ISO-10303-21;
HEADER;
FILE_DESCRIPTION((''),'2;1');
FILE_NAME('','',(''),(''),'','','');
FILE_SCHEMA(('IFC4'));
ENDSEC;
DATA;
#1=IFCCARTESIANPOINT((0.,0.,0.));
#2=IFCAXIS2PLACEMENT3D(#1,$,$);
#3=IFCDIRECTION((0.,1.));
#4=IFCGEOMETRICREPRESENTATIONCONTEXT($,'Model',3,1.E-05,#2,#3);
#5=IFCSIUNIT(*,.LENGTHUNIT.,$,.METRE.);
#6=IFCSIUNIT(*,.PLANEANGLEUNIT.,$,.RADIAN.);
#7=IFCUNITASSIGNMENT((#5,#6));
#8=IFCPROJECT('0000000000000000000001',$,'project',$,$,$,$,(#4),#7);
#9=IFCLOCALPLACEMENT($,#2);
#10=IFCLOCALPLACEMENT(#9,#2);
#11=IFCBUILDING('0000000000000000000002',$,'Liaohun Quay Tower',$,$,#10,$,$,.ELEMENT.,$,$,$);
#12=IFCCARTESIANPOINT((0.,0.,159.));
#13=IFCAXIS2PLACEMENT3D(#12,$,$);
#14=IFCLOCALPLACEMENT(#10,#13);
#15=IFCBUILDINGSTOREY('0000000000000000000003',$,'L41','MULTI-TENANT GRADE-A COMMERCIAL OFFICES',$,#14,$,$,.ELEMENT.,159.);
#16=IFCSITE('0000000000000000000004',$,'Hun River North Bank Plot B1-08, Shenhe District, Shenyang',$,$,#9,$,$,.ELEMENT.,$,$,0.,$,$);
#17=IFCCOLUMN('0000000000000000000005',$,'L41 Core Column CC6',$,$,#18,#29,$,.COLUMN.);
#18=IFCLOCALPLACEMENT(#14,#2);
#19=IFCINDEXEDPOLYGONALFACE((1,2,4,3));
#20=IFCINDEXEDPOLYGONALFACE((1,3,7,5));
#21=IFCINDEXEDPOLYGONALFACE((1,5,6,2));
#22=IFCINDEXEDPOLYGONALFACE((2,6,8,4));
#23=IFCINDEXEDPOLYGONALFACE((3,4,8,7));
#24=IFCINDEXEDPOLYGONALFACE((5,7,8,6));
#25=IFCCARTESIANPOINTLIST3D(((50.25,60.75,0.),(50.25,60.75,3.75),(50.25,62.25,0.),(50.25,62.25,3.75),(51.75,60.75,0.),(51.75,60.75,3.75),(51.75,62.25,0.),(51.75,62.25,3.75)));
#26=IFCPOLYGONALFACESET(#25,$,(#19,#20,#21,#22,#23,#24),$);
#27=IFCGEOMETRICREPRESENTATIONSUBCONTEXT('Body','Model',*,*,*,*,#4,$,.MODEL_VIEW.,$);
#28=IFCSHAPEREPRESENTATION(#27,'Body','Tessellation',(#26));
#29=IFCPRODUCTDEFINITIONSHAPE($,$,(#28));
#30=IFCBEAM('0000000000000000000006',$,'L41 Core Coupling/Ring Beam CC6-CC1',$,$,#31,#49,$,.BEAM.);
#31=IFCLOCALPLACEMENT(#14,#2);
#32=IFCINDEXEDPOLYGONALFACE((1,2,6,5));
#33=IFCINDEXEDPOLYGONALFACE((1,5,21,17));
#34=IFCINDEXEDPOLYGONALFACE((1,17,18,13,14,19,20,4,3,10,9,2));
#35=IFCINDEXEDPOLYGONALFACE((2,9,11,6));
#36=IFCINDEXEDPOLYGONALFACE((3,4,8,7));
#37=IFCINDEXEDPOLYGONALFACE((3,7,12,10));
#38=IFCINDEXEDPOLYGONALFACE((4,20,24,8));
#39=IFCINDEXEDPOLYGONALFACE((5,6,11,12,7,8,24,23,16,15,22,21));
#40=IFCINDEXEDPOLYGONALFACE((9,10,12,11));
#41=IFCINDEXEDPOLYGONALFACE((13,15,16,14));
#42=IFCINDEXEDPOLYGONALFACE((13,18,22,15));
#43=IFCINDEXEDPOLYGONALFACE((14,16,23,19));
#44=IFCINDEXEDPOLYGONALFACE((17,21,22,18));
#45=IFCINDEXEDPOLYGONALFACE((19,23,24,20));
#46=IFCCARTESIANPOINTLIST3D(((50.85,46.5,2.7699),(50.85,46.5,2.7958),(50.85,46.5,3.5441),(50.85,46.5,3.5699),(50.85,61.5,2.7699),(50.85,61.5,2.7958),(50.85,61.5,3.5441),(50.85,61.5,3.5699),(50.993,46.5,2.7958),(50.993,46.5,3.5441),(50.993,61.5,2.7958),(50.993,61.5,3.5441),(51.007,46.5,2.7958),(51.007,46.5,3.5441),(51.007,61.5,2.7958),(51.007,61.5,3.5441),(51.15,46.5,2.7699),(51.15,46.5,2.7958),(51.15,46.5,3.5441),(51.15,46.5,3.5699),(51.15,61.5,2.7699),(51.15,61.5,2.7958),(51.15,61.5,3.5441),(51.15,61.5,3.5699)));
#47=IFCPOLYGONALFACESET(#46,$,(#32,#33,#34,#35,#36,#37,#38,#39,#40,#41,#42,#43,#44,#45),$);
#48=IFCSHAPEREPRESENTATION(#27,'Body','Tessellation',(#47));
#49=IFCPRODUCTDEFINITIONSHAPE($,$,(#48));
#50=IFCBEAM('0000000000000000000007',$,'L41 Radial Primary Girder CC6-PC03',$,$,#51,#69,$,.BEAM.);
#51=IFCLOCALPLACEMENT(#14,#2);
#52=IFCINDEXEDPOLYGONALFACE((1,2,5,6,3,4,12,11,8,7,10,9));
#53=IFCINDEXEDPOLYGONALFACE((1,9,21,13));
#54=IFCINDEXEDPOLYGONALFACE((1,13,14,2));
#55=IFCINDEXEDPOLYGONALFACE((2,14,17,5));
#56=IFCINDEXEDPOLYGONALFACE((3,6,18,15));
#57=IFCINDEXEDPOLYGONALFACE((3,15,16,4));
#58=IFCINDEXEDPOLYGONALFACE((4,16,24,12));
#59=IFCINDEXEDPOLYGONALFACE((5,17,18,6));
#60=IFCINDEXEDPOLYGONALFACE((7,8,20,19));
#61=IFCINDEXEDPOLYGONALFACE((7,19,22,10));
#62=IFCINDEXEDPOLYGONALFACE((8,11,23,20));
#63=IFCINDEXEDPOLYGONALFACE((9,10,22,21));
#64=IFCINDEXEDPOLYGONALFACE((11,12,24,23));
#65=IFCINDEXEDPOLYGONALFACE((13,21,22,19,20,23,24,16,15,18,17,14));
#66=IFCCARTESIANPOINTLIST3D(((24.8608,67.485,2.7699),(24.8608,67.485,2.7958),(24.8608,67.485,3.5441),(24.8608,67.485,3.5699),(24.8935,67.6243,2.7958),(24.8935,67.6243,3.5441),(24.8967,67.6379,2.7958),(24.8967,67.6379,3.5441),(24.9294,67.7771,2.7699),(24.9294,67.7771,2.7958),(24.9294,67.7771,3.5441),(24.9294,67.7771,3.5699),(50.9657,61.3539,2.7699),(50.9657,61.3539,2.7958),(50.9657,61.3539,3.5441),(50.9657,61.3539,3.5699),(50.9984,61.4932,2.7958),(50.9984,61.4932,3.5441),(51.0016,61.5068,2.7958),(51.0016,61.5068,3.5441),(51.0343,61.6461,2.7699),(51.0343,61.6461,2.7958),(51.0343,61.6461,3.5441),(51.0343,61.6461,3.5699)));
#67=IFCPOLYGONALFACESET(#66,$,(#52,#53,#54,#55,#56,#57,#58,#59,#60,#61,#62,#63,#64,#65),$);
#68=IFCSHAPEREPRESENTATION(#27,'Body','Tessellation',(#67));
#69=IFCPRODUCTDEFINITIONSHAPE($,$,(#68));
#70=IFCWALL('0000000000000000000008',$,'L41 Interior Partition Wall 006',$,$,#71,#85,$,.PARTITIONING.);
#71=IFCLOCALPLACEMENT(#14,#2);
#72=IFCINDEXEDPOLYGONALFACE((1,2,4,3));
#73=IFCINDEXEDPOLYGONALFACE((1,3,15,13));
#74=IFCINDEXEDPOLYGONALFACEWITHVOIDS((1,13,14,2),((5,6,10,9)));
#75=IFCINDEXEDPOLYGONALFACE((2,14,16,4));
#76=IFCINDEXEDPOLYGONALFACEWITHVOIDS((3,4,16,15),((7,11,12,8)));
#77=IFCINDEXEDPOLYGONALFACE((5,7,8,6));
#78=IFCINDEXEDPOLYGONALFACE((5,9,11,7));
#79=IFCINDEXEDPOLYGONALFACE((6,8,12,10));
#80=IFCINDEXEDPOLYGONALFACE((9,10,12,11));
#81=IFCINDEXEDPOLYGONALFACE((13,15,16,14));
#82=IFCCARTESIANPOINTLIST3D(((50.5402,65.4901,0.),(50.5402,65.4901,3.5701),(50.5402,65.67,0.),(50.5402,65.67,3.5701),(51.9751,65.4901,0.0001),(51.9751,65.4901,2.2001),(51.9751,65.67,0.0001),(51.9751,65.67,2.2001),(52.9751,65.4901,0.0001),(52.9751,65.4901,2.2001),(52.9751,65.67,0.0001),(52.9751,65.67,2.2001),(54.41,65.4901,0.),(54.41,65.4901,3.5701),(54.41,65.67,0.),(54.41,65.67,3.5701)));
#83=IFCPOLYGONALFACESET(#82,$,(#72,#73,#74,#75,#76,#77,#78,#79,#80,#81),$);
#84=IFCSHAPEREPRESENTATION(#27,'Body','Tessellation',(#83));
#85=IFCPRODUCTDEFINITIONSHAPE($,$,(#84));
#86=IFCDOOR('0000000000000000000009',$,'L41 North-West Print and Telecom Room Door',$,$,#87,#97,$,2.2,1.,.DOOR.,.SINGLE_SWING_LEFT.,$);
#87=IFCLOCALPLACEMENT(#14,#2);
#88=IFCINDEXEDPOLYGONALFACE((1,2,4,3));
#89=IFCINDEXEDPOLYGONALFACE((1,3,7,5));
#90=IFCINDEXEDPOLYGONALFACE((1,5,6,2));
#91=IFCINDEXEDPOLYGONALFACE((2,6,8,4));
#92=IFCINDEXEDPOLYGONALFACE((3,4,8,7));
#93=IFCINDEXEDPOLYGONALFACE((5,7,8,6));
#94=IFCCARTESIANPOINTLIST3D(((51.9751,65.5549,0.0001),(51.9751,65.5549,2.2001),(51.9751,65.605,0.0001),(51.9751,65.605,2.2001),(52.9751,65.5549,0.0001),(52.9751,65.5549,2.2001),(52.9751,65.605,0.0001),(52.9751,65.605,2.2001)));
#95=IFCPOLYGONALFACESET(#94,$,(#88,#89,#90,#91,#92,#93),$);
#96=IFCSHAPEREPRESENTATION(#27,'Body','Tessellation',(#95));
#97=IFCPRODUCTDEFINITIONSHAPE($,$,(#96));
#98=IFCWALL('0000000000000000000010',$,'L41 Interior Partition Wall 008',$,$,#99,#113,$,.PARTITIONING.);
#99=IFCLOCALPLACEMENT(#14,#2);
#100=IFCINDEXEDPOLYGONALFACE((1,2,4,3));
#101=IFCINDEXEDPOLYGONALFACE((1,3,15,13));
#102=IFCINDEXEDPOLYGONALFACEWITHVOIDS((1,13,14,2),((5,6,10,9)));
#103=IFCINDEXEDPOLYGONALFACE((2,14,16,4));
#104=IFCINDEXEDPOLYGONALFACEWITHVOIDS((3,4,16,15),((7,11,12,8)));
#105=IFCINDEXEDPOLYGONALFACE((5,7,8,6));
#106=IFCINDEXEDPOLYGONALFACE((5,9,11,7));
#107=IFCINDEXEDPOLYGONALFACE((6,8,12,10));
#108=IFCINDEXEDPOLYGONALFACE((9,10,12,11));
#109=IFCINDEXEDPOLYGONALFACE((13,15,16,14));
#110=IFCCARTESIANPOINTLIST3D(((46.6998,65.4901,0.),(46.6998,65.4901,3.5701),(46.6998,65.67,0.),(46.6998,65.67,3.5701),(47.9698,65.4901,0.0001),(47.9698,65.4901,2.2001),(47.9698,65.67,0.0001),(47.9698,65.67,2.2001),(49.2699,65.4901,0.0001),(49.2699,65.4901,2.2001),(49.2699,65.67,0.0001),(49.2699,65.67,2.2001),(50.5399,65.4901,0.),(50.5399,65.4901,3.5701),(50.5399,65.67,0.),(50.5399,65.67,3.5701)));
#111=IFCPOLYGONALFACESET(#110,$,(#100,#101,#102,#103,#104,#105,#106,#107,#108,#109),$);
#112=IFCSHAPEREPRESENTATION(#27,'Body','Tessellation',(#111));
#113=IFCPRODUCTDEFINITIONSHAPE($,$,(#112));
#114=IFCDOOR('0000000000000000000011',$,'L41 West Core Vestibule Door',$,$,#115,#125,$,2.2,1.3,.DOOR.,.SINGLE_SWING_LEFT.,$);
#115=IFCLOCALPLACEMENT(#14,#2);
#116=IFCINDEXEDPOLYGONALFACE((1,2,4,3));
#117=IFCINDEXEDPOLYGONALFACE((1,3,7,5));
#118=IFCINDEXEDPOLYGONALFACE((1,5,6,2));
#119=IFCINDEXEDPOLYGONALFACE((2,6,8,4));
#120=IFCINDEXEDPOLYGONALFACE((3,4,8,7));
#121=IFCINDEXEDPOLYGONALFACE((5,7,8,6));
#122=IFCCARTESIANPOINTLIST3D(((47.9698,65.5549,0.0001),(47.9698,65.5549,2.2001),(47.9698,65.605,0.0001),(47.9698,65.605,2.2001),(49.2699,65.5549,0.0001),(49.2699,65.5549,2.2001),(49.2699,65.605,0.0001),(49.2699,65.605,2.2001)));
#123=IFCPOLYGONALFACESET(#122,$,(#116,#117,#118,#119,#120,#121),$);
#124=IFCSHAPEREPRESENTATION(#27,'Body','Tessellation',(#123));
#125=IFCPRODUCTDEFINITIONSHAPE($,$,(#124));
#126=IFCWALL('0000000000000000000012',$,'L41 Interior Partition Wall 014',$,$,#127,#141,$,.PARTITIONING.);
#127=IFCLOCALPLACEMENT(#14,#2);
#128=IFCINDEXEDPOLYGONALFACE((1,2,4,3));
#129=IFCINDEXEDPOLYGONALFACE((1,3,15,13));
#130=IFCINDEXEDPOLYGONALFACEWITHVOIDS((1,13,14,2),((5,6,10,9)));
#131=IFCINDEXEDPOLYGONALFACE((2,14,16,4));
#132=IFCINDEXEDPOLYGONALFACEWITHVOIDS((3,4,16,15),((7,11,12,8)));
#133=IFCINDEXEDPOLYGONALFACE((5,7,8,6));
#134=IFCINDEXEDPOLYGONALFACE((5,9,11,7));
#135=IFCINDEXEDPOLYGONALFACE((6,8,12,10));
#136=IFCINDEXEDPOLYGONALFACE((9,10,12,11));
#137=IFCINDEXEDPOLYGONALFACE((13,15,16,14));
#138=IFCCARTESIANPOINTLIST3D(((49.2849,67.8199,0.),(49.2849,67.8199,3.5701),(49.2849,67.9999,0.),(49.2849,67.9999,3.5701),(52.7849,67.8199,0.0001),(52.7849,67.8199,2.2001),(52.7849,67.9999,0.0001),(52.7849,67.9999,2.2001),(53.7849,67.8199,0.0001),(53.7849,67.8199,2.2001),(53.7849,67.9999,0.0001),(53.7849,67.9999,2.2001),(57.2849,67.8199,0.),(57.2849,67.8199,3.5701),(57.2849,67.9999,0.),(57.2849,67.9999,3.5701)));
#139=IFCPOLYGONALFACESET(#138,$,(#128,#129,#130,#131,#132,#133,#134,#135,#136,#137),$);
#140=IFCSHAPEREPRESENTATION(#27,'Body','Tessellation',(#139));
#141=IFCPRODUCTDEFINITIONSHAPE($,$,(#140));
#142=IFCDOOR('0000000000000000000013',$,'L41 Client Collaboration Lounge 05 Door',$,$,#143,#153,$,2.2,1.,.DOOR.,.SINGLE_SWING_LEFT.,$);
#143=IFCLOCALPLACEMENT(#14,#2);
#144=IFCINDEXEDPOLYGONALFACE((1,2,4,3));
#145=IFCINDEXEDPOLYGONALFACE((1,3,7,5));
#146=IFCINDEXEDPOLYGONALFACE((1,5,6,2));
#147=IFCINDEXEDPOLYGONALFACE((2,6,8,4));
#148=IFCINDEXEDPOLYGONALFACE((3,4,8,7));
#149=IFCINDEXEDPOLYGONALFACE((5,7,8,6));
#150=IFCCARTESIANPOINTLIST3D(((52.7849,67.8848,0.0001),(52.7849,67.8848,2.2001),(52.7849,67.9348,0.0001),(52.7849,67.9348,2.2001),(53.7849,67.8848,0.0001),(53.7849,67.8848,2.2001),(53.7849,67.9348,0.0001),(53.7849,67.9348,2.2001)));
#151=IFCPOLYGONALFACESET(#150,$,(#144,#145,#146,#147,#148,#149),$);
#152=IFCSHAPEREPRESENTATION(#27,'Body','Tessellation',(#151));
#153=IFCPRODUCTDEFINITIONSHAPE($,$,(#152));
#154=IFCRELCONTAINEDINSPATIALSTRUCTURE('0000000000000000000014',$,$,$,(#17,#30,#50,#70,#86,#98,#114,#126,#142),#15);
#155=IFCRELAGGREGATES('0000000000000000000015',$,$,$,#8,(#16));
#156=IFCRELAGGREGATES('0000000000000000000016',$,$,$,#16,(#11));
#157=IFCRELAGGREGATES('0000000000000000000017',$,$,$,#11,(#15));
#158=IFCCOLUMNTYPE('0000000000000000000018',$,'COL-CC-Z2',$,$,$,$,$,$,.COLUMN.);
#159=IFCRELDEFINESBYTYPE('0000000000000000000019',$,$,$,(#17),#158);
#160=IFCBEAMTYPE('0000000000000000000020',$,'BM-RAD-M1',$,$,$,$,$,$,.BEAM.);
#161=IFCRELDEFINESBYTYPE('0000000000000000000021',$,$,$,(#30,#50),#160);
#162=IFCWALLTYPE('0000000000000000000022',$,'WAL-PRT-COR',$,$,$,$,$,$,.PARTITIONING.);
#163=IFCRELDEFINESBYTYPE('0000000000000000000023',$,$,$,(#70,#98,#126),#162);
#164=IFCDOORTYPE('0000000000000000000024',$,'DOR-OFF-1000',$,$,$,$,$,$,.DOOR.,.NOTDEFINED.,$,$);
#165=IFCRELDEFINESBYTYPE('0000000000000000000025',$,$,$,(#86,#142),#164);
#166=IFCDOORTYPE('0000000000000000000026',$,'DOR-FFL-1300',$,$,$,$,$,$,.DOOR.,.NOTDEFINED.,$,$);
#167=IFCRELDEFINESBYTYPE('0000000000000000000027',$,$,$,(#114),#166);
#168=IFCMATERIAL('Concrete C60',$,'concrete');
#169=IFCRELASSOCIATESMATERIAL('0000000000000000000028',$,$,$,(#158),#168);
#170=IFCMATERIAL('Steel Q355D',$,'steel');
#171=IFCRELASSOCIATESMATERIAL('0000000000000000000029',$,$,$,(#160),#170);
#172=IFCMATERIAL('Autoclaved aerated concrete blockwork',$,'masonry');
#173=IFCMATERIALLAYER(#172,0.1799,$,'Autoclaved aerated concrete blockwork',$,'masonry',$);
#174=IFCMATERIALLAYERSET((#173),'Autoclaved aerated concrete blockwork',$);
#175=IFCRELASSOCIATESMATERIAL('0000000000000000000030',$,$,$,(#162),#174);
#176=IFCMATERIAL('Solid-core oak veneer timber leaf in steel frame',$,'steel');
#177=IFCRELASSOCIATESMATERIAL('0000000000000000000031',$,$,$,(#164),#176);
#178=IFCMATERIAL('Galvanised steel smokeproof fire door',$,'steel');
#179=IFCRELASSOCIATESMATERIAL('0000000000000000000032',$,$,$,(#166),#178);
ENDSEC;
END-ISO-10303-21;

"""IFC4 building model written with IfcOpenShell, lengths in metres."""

from ifc_helpers import new_model, si_unit, direction, frame, frame_2d, origin, origin_2d, place, context, subcontext, project, spatial, rectangle, i_section, extrude, source, transform, mapped, material, layer, layer_set, material_profile, profile_set, type_object, element, fill, save


model = new_model("IFC4")

# Units and contexts
model_context = context("Model", 3, precision=1e-05, world=origin(), true_north=direction((0.0, 1.0)))
body_context = subcontext(model_context, "Body", "Model", "MODEL_VIEW")
ifc_project = project(units=[si_unit("LENGTHUNIT", "METRE"), si_unit("PLANEANGLEUNIT", "RADIAN")], contexts=[model_context])

# Site, building, storey
site_placement = place(None, origin())
site = spatial("IfcSite", under=ifc_project, at=site_placement, Name="Hun River North Bank Plot B1-08, Shenhe District, Shenyang", CompositionType="ELEMENT", RefElevation=0.0)
building_placement = place(site_placement, origin())
building = spatial("IfcBuilding", under=site, at=building_placement, Name="Liaohun Quay Tower", CompositionType="ELEMENT")
storey_placement = place(building_placement, frame((0.0, 0.0, 159.0)))
storey = spatial("IfcBuildingStorey", under=building, at=storey_placement, Name="L41", Description="MULTI-TENANT GRADE-A COMMERCIAL OFFICES", CompositionType="ELEMENT", Elevation=159.0)

# Column
ifc_material_1 = material(Name="Concrete C60", Category="concrete")
ifc_material_profile_1 = material_profile(ifc_material_1, rectangle(XDim=1.5, YDim=1.5, at=origin_2d()), Name="RC1500x1500")
ifc_profile_set_1 = profile_set([ifc_material_profile_1], Name="Concrete C60")
column_type = type_object("IfcColumnType", Name="COL-CC-Z2", PredefinedType="COLUMN", material=ifc_profile_set_1)
shared_shape_1 = source(origin(), body_context, "Body", "SweptSolid", [
    extrude(rectangle(XDim=1.5, YDim=1.5, at=origin_2d()), origin(), (0.0, 0.0, 1.0), 3.75),
])
column_placement = place(storey_placement, frame((51.0, 61.5, 0.0), z_axis=(0.0, 0.0, 1.0), x_axis=(1.0, 0.0, 0.0)))
element("IfcColumn", 1, at=column_placement, inside=storey, type_object=column_type, Name="L41 Core Column CC6", PredefinedType="COLUMN", context=body_context, shape_type="MappedRepresentation", body=[
    mapped(shared_shape_1, transform((0.0, 0.0, 0.0), x_axis=(1.0, 0.0, 0.0), y_axis=(0.0, 1.0, 0.0), z_axis=(0.0, 0.0, 1.0), scale=1.0)),
])

# Beams
ifc_material_2 = material(Name="Steel Q355D", Category="steel")
ifc_material_profile_2 = material_profile(ifc_material_2, i_section(OverallWidth=0.3, OverallDepth=0.8, WebThickness=0.0139, FlangeThickness=0.0259, at=origin_2d()), Name="HN800x300x14x26")
ifc_profile_set_2 = profile_set([ifc_material_profile_2], Name="Steel Q355D")
beam_type = type_object("IfcBeamType", Name="BM-RAD-M1", PredefinedType="BEAM", material=ifc_profile_set_2)
shared_shape_2 = source(origin(), body_context, "Body", "SweptSolid", [
    extrude(i_section(OverallWidth=0.3, OverallDepth=0.8, WebThickness=0.0139, FlangeThickness=0.0259, at=origin_2d()), origin(), (0.0, 0.0, 1.0), 15.0),
])
beam_1_placement = place(storey_placement, frame((51.0, 61.5, 3.1699), z_axis=(0.0, -1.0, 0.0), x_axis=(1.0, 0.0, 0.0)))
element("IfcBeam", 2, at=beam_1_placement, inside=storey, type_object=beam_type, Name="L41 Core Coupling/Ring Beam CC6-CC1", PredefinedType="BEAM", context=body_context, shape_type="MappedRepresentation", body=[
    mapped(shared_shape_2, transform((0.0, 0.0, 0.0), x_axis=(1.0, 0.0, 0.0), y_axis=(0.0, 1.0, 0.0), z_axis=(0.0, 0.0, 1.0), scale=1.0)),
])
shared_shape_3 = source(origin(), body_context, "Body", "SweptSolid", [
    extrude(i_section(OverallWidth=0.3, OverallDepth=0.8, WebThickness=0.0139, FlangeThickness=0.0259, at=origin_2d()), origin(), (0.0, 0.0, 1.0), 26.8152),
])
beam_2_placement = place(storey_placement, frame((51.0, 61.5, 3.1699), z_axis=(-0.973511, 0.228642, 0.0), x_axis=(-0.228642, -0.973511, 0.0)))
element("IfcBeam", 3, at=beam_2_placement, inside=storey, type_object=beam_type, Name="L41 Radial Primary Girder CC6-PC03", PredefinedType="BEAM", context=body_context, shape_type="MappedRepresentation", body=[
    mapped(shared_shape_3, transform((0.0, 0.0, 0.0), x_axis=(1.0, 0.0, 0.0), y_axis=(0.0, 1.0, 0.0), z_axis=(0.0, 0.0, 1.0), scale=1.0)),
])

# Walls, openings, doors
ifc_material_3 = material(Name="Autoclaved aerated concrete blockwork", Category="masonry")
ifc_layer_1 = layer(ifc_material_3, 0.1799, Name="Autoclaved aerated concrete blockwork", Category="masonry")
ifc_layer_set_1 = layer_set([ifc_layer_1], Name="Autoclaved aerated concrete blockwork")
wall_type_1 = type_object("IfcWallType", Name="WAL-PRT-COR", PredefinedType="PARTITIONING", material=ifc_layer_set_1)
wall_1_placement = place(storey_placement, frame((50.54, 65.5801, 0.0), z_axis=(0.0, 0.0, 1.0), x_axis=(1.0, 0.0, 0.0)))
wall_1 = element("IfcWall", 4, at=wall_1_placement, inside=storey, type_object=wall_type_1, Name="L41 Interior Partition Wall 006", PredefinedType="PARTITIONING", context=body_context, shape_type="SweptSolid", body=[
    extrude(rectangle(XDim=3.8699, YDim=0.1799, at=frame_2d((1.9351, 0.0))), origin(), (0.0, 0.0, 1.0), 3.5701),
])
shared_shape_4 = source(origin(), body_context, "Body", "SweptSolid", [
    extrude(rectangle(XDim=1.0, YDim=2.2, at=frame_2d((0.5, 1.1001))), frame((0.0, 0.0999, 0.0), z_axis=(0.0, -1.0, 0.0), x_axis=(1.0, 0.0, 0.0)), (0.0, 0.0, 1.0), 0.2),
])
opening_1_placement = place(wall_1_placement, frame((1.4351, 0.0, 0.0)))
opening_1 = element("IfcOpeningElement", 5, at=opening_1_placement, cuts=wall_1, PredefinedType="OPENING", context=body_context, shape_type="MappedRepresentation", body=[
    mapped(shared_shape_4, transform((0.0, 0.0, 0.0), x_axis=(1.0, 0.0, 0.0), y_axis=(0.0, 1.0, 0.0), z_axis=(0.0, 0.0, 1.0), scale=1.0)),
])
ifc_material_4 = material(Name="Solid-core oak veneer timber leaf in steel frame", Category="steel")
door_type_1 = type_object("IfcDoorType", Name="DOR-OFF-1000", OperationType="NOTDEFINED", PredefinedType="DOOR", material=ifc_material_4)
shared_shape_5 = source(origin(), body_context, "Body", "SweptSolid", [
    extrude(rectangle(XDim=1.0, YDim=2.2, at=frame_2d((0.5, 1.1001))), frame((0.0, 0.0249, 0.0), z_axis=(0.0, -1.0, 0.0), x_axis=(1.0, 0.0, 0.0)), (0.0, 0.0, 1.0), 0.05),
])
door_1_placement = place(opening_1_placement, origin())
door_1 = element("IfcDoor", 6, at=door_1_placement, inside=storey, type_object=door_type_1, Name="L41 North-West Print and Telecom Room Door", OperationType="SINGLE_SWING_LEFT", OverallHeight=2.2, OverallWidth=1.0, PredefinedType="DOOR", context=body_context, shape_type="MappedRepresentation", body=[
    mapped(shared_shape_5, transform((0.0, 0.0, 0.0), x_axis=(1.0, 0.0, 0.0), y_axis=(0.0, 1.0, 0.0), z_axis=(0.0, 0.0, 1.0), scale=1.0)),
])
fill(opening_1, door_1)
wall_2_placement = place(storey_placement, frame((46.7, 65.5801, 0.0), z_axis=(0.0, 0.0, 1.0), x_axis=(1.0, 0.0, 0.0)))
wall_2 = element("IfcWall", 7, at=wall_2_placement, inside=storey, type_object=wall_type_1, Name="L41 Interior Partition Wall 008", PredefinedType="PARTITIONING", context=body_context, shape_type="SweptSolid", body=[
    extrude(rectangle(XDim=3.8401, YDim=0.1799, at=frame_2d((1.9199, 0.0))), origin(), (0.0, 0.0, 1.0), 3.5701),
])
shared_shape_6 = source(origin(), body_context, "Body", "SweptSolid", [
    extrude(rectangle(XDim=1.3, YDim=2.2, at=frame_2d((0.6499, 1.1001))), frame((0.0, 0.0999, 0.0), z_axis=(0.0, -1.0, 0.0), x_axis=(1.0, 0.0, 0.0)), (0.0, 0.0, 1.0), 0.2),
])
opening_2_placement = place(wall_2_placement, frame((1.27, 0.0, 0.0)))
opening_2 = element("IfcOpeningElement", 8, at=opening_2_placement, cuts=wall_2, PredefinedType="OPENING", context=body_context, shape_type="MappedRepresentation", body=[
    mapped(shared_shape_6, transform((0.0, 0.0, 0.0), x_axis=(1.0, 0.0, 0.0), y_axis=(0.0, 1.0, 0.0), z_axis=(0.0, 0.0, 1.0), scale=1.0)),
])
ifc_material_5 = material(Name="Galvanised steel smokeproof fire door", Category="steel")
door_type_2 = type_object("IfcDoorType", Name="DOR-FFL-1300", OperationType="NOTDEFINED", PredefinedType="DOOR", material=ifc_material_5)
shared_shape_7 = source(origin(), body_context, "Body", "SweptSolid", [
    extrude(rectangle(XDim=1.3, YDim=2.2, at=frame_2d((0.6499, 1.1001))), frame((0.0, 0.0249, 0.0), z_axis=(0.0, -1.0, 0.0), x_axis=(1.0, 0.0, 0.0)), (0.0, 0.0, 1.0), 0.05),
])
door_2_placement = place(opening_2_placement, origin())
door_2 = element("IfcDoor", 9, at=door_2_placement, inside=storey, type_object=door_type_2, Name="L41 West Core Vestibule Door", OperationType="SINGLE_SWING_LEFT", OverallHeight=2.2, OverallWidth=1.3, PredefinedType="DOOR", context=body_context, shape_type="MappedRepresentation", body=[
    mapped(shared_shape_7, transform((0.0, 0.0, 0.0), x_axis=(1.0, 0.0, 0.0), y_axis=(0.0, 1.0, 0.0), z_axis=(0.0, 0.0, 1.0), scale=1.0)),
])
fill(opening_2, door_2)
wall_3_placement = place(storey_placement, frame((49.2849, 67.9099, 0.0), z_axis=(0.0, 0.0, 1.0), x_axis=(1.0, 0.0, 0.0)))
wall_3 = element("IfcWall", 10, at=wall_3_placement, inside=storey, type_object=wall_type_1, Name="L41 Interior Partition Wall 014", PredefinedType="PARTITIONING", context=body_context, shape_type="SweptSolid", body=[
    extrude(rectangle(XDim=8.0, YDim=0.1799, at=frame_2d((4.0, 0.0))), origin(), (0.0, 0.0, 1.0), 3.5701),
])
opening_3_placement = place(wall_3_placement, frame((3.5, 0.0, 0.0)))
opening_3 = element("IfcOpeningElement", 11, at=opening_3_placement, cuts=wall_3, PredefinedType="OPENING", context=body_context, shape_type="MappedRepresentation", body=[
    mapped(shared_shape_4, transform((0.0, 0.0, 0.0), x_axis=(1.0, 0.0, 0.0), y_axis=(0.0, 1.0, 0.0), z_axis=(0.0, 0.0, 1.0), scale=1.0)),
])
door_3_placement = place(opening_3_placement, origin())
door_3 = element("IfcDoor", 12, at=door_3_placement, inside=storey, type_object=door_type_1, Name="L41 Client Collaboration Lounge 05 Door", OperationType="SINGLE_SWING_LEFT", OverallHeight=2.2, OverallWidth=1.0, PredefinedType="DOOR", context=body_context, shape_type="MappedRepresentation", body=[
    mapped(shared_shape_5, transform((0.0, 0.0, 0.0), x_axis=(1.0, 0.0, 0.0), y_axis=(0.0, 1.0, 0.0), z_axis=(0.0, 0.0, 1.0), scale=1.0)),
])
fill(opening_3, door_3)

save(model, "model.ifc")
